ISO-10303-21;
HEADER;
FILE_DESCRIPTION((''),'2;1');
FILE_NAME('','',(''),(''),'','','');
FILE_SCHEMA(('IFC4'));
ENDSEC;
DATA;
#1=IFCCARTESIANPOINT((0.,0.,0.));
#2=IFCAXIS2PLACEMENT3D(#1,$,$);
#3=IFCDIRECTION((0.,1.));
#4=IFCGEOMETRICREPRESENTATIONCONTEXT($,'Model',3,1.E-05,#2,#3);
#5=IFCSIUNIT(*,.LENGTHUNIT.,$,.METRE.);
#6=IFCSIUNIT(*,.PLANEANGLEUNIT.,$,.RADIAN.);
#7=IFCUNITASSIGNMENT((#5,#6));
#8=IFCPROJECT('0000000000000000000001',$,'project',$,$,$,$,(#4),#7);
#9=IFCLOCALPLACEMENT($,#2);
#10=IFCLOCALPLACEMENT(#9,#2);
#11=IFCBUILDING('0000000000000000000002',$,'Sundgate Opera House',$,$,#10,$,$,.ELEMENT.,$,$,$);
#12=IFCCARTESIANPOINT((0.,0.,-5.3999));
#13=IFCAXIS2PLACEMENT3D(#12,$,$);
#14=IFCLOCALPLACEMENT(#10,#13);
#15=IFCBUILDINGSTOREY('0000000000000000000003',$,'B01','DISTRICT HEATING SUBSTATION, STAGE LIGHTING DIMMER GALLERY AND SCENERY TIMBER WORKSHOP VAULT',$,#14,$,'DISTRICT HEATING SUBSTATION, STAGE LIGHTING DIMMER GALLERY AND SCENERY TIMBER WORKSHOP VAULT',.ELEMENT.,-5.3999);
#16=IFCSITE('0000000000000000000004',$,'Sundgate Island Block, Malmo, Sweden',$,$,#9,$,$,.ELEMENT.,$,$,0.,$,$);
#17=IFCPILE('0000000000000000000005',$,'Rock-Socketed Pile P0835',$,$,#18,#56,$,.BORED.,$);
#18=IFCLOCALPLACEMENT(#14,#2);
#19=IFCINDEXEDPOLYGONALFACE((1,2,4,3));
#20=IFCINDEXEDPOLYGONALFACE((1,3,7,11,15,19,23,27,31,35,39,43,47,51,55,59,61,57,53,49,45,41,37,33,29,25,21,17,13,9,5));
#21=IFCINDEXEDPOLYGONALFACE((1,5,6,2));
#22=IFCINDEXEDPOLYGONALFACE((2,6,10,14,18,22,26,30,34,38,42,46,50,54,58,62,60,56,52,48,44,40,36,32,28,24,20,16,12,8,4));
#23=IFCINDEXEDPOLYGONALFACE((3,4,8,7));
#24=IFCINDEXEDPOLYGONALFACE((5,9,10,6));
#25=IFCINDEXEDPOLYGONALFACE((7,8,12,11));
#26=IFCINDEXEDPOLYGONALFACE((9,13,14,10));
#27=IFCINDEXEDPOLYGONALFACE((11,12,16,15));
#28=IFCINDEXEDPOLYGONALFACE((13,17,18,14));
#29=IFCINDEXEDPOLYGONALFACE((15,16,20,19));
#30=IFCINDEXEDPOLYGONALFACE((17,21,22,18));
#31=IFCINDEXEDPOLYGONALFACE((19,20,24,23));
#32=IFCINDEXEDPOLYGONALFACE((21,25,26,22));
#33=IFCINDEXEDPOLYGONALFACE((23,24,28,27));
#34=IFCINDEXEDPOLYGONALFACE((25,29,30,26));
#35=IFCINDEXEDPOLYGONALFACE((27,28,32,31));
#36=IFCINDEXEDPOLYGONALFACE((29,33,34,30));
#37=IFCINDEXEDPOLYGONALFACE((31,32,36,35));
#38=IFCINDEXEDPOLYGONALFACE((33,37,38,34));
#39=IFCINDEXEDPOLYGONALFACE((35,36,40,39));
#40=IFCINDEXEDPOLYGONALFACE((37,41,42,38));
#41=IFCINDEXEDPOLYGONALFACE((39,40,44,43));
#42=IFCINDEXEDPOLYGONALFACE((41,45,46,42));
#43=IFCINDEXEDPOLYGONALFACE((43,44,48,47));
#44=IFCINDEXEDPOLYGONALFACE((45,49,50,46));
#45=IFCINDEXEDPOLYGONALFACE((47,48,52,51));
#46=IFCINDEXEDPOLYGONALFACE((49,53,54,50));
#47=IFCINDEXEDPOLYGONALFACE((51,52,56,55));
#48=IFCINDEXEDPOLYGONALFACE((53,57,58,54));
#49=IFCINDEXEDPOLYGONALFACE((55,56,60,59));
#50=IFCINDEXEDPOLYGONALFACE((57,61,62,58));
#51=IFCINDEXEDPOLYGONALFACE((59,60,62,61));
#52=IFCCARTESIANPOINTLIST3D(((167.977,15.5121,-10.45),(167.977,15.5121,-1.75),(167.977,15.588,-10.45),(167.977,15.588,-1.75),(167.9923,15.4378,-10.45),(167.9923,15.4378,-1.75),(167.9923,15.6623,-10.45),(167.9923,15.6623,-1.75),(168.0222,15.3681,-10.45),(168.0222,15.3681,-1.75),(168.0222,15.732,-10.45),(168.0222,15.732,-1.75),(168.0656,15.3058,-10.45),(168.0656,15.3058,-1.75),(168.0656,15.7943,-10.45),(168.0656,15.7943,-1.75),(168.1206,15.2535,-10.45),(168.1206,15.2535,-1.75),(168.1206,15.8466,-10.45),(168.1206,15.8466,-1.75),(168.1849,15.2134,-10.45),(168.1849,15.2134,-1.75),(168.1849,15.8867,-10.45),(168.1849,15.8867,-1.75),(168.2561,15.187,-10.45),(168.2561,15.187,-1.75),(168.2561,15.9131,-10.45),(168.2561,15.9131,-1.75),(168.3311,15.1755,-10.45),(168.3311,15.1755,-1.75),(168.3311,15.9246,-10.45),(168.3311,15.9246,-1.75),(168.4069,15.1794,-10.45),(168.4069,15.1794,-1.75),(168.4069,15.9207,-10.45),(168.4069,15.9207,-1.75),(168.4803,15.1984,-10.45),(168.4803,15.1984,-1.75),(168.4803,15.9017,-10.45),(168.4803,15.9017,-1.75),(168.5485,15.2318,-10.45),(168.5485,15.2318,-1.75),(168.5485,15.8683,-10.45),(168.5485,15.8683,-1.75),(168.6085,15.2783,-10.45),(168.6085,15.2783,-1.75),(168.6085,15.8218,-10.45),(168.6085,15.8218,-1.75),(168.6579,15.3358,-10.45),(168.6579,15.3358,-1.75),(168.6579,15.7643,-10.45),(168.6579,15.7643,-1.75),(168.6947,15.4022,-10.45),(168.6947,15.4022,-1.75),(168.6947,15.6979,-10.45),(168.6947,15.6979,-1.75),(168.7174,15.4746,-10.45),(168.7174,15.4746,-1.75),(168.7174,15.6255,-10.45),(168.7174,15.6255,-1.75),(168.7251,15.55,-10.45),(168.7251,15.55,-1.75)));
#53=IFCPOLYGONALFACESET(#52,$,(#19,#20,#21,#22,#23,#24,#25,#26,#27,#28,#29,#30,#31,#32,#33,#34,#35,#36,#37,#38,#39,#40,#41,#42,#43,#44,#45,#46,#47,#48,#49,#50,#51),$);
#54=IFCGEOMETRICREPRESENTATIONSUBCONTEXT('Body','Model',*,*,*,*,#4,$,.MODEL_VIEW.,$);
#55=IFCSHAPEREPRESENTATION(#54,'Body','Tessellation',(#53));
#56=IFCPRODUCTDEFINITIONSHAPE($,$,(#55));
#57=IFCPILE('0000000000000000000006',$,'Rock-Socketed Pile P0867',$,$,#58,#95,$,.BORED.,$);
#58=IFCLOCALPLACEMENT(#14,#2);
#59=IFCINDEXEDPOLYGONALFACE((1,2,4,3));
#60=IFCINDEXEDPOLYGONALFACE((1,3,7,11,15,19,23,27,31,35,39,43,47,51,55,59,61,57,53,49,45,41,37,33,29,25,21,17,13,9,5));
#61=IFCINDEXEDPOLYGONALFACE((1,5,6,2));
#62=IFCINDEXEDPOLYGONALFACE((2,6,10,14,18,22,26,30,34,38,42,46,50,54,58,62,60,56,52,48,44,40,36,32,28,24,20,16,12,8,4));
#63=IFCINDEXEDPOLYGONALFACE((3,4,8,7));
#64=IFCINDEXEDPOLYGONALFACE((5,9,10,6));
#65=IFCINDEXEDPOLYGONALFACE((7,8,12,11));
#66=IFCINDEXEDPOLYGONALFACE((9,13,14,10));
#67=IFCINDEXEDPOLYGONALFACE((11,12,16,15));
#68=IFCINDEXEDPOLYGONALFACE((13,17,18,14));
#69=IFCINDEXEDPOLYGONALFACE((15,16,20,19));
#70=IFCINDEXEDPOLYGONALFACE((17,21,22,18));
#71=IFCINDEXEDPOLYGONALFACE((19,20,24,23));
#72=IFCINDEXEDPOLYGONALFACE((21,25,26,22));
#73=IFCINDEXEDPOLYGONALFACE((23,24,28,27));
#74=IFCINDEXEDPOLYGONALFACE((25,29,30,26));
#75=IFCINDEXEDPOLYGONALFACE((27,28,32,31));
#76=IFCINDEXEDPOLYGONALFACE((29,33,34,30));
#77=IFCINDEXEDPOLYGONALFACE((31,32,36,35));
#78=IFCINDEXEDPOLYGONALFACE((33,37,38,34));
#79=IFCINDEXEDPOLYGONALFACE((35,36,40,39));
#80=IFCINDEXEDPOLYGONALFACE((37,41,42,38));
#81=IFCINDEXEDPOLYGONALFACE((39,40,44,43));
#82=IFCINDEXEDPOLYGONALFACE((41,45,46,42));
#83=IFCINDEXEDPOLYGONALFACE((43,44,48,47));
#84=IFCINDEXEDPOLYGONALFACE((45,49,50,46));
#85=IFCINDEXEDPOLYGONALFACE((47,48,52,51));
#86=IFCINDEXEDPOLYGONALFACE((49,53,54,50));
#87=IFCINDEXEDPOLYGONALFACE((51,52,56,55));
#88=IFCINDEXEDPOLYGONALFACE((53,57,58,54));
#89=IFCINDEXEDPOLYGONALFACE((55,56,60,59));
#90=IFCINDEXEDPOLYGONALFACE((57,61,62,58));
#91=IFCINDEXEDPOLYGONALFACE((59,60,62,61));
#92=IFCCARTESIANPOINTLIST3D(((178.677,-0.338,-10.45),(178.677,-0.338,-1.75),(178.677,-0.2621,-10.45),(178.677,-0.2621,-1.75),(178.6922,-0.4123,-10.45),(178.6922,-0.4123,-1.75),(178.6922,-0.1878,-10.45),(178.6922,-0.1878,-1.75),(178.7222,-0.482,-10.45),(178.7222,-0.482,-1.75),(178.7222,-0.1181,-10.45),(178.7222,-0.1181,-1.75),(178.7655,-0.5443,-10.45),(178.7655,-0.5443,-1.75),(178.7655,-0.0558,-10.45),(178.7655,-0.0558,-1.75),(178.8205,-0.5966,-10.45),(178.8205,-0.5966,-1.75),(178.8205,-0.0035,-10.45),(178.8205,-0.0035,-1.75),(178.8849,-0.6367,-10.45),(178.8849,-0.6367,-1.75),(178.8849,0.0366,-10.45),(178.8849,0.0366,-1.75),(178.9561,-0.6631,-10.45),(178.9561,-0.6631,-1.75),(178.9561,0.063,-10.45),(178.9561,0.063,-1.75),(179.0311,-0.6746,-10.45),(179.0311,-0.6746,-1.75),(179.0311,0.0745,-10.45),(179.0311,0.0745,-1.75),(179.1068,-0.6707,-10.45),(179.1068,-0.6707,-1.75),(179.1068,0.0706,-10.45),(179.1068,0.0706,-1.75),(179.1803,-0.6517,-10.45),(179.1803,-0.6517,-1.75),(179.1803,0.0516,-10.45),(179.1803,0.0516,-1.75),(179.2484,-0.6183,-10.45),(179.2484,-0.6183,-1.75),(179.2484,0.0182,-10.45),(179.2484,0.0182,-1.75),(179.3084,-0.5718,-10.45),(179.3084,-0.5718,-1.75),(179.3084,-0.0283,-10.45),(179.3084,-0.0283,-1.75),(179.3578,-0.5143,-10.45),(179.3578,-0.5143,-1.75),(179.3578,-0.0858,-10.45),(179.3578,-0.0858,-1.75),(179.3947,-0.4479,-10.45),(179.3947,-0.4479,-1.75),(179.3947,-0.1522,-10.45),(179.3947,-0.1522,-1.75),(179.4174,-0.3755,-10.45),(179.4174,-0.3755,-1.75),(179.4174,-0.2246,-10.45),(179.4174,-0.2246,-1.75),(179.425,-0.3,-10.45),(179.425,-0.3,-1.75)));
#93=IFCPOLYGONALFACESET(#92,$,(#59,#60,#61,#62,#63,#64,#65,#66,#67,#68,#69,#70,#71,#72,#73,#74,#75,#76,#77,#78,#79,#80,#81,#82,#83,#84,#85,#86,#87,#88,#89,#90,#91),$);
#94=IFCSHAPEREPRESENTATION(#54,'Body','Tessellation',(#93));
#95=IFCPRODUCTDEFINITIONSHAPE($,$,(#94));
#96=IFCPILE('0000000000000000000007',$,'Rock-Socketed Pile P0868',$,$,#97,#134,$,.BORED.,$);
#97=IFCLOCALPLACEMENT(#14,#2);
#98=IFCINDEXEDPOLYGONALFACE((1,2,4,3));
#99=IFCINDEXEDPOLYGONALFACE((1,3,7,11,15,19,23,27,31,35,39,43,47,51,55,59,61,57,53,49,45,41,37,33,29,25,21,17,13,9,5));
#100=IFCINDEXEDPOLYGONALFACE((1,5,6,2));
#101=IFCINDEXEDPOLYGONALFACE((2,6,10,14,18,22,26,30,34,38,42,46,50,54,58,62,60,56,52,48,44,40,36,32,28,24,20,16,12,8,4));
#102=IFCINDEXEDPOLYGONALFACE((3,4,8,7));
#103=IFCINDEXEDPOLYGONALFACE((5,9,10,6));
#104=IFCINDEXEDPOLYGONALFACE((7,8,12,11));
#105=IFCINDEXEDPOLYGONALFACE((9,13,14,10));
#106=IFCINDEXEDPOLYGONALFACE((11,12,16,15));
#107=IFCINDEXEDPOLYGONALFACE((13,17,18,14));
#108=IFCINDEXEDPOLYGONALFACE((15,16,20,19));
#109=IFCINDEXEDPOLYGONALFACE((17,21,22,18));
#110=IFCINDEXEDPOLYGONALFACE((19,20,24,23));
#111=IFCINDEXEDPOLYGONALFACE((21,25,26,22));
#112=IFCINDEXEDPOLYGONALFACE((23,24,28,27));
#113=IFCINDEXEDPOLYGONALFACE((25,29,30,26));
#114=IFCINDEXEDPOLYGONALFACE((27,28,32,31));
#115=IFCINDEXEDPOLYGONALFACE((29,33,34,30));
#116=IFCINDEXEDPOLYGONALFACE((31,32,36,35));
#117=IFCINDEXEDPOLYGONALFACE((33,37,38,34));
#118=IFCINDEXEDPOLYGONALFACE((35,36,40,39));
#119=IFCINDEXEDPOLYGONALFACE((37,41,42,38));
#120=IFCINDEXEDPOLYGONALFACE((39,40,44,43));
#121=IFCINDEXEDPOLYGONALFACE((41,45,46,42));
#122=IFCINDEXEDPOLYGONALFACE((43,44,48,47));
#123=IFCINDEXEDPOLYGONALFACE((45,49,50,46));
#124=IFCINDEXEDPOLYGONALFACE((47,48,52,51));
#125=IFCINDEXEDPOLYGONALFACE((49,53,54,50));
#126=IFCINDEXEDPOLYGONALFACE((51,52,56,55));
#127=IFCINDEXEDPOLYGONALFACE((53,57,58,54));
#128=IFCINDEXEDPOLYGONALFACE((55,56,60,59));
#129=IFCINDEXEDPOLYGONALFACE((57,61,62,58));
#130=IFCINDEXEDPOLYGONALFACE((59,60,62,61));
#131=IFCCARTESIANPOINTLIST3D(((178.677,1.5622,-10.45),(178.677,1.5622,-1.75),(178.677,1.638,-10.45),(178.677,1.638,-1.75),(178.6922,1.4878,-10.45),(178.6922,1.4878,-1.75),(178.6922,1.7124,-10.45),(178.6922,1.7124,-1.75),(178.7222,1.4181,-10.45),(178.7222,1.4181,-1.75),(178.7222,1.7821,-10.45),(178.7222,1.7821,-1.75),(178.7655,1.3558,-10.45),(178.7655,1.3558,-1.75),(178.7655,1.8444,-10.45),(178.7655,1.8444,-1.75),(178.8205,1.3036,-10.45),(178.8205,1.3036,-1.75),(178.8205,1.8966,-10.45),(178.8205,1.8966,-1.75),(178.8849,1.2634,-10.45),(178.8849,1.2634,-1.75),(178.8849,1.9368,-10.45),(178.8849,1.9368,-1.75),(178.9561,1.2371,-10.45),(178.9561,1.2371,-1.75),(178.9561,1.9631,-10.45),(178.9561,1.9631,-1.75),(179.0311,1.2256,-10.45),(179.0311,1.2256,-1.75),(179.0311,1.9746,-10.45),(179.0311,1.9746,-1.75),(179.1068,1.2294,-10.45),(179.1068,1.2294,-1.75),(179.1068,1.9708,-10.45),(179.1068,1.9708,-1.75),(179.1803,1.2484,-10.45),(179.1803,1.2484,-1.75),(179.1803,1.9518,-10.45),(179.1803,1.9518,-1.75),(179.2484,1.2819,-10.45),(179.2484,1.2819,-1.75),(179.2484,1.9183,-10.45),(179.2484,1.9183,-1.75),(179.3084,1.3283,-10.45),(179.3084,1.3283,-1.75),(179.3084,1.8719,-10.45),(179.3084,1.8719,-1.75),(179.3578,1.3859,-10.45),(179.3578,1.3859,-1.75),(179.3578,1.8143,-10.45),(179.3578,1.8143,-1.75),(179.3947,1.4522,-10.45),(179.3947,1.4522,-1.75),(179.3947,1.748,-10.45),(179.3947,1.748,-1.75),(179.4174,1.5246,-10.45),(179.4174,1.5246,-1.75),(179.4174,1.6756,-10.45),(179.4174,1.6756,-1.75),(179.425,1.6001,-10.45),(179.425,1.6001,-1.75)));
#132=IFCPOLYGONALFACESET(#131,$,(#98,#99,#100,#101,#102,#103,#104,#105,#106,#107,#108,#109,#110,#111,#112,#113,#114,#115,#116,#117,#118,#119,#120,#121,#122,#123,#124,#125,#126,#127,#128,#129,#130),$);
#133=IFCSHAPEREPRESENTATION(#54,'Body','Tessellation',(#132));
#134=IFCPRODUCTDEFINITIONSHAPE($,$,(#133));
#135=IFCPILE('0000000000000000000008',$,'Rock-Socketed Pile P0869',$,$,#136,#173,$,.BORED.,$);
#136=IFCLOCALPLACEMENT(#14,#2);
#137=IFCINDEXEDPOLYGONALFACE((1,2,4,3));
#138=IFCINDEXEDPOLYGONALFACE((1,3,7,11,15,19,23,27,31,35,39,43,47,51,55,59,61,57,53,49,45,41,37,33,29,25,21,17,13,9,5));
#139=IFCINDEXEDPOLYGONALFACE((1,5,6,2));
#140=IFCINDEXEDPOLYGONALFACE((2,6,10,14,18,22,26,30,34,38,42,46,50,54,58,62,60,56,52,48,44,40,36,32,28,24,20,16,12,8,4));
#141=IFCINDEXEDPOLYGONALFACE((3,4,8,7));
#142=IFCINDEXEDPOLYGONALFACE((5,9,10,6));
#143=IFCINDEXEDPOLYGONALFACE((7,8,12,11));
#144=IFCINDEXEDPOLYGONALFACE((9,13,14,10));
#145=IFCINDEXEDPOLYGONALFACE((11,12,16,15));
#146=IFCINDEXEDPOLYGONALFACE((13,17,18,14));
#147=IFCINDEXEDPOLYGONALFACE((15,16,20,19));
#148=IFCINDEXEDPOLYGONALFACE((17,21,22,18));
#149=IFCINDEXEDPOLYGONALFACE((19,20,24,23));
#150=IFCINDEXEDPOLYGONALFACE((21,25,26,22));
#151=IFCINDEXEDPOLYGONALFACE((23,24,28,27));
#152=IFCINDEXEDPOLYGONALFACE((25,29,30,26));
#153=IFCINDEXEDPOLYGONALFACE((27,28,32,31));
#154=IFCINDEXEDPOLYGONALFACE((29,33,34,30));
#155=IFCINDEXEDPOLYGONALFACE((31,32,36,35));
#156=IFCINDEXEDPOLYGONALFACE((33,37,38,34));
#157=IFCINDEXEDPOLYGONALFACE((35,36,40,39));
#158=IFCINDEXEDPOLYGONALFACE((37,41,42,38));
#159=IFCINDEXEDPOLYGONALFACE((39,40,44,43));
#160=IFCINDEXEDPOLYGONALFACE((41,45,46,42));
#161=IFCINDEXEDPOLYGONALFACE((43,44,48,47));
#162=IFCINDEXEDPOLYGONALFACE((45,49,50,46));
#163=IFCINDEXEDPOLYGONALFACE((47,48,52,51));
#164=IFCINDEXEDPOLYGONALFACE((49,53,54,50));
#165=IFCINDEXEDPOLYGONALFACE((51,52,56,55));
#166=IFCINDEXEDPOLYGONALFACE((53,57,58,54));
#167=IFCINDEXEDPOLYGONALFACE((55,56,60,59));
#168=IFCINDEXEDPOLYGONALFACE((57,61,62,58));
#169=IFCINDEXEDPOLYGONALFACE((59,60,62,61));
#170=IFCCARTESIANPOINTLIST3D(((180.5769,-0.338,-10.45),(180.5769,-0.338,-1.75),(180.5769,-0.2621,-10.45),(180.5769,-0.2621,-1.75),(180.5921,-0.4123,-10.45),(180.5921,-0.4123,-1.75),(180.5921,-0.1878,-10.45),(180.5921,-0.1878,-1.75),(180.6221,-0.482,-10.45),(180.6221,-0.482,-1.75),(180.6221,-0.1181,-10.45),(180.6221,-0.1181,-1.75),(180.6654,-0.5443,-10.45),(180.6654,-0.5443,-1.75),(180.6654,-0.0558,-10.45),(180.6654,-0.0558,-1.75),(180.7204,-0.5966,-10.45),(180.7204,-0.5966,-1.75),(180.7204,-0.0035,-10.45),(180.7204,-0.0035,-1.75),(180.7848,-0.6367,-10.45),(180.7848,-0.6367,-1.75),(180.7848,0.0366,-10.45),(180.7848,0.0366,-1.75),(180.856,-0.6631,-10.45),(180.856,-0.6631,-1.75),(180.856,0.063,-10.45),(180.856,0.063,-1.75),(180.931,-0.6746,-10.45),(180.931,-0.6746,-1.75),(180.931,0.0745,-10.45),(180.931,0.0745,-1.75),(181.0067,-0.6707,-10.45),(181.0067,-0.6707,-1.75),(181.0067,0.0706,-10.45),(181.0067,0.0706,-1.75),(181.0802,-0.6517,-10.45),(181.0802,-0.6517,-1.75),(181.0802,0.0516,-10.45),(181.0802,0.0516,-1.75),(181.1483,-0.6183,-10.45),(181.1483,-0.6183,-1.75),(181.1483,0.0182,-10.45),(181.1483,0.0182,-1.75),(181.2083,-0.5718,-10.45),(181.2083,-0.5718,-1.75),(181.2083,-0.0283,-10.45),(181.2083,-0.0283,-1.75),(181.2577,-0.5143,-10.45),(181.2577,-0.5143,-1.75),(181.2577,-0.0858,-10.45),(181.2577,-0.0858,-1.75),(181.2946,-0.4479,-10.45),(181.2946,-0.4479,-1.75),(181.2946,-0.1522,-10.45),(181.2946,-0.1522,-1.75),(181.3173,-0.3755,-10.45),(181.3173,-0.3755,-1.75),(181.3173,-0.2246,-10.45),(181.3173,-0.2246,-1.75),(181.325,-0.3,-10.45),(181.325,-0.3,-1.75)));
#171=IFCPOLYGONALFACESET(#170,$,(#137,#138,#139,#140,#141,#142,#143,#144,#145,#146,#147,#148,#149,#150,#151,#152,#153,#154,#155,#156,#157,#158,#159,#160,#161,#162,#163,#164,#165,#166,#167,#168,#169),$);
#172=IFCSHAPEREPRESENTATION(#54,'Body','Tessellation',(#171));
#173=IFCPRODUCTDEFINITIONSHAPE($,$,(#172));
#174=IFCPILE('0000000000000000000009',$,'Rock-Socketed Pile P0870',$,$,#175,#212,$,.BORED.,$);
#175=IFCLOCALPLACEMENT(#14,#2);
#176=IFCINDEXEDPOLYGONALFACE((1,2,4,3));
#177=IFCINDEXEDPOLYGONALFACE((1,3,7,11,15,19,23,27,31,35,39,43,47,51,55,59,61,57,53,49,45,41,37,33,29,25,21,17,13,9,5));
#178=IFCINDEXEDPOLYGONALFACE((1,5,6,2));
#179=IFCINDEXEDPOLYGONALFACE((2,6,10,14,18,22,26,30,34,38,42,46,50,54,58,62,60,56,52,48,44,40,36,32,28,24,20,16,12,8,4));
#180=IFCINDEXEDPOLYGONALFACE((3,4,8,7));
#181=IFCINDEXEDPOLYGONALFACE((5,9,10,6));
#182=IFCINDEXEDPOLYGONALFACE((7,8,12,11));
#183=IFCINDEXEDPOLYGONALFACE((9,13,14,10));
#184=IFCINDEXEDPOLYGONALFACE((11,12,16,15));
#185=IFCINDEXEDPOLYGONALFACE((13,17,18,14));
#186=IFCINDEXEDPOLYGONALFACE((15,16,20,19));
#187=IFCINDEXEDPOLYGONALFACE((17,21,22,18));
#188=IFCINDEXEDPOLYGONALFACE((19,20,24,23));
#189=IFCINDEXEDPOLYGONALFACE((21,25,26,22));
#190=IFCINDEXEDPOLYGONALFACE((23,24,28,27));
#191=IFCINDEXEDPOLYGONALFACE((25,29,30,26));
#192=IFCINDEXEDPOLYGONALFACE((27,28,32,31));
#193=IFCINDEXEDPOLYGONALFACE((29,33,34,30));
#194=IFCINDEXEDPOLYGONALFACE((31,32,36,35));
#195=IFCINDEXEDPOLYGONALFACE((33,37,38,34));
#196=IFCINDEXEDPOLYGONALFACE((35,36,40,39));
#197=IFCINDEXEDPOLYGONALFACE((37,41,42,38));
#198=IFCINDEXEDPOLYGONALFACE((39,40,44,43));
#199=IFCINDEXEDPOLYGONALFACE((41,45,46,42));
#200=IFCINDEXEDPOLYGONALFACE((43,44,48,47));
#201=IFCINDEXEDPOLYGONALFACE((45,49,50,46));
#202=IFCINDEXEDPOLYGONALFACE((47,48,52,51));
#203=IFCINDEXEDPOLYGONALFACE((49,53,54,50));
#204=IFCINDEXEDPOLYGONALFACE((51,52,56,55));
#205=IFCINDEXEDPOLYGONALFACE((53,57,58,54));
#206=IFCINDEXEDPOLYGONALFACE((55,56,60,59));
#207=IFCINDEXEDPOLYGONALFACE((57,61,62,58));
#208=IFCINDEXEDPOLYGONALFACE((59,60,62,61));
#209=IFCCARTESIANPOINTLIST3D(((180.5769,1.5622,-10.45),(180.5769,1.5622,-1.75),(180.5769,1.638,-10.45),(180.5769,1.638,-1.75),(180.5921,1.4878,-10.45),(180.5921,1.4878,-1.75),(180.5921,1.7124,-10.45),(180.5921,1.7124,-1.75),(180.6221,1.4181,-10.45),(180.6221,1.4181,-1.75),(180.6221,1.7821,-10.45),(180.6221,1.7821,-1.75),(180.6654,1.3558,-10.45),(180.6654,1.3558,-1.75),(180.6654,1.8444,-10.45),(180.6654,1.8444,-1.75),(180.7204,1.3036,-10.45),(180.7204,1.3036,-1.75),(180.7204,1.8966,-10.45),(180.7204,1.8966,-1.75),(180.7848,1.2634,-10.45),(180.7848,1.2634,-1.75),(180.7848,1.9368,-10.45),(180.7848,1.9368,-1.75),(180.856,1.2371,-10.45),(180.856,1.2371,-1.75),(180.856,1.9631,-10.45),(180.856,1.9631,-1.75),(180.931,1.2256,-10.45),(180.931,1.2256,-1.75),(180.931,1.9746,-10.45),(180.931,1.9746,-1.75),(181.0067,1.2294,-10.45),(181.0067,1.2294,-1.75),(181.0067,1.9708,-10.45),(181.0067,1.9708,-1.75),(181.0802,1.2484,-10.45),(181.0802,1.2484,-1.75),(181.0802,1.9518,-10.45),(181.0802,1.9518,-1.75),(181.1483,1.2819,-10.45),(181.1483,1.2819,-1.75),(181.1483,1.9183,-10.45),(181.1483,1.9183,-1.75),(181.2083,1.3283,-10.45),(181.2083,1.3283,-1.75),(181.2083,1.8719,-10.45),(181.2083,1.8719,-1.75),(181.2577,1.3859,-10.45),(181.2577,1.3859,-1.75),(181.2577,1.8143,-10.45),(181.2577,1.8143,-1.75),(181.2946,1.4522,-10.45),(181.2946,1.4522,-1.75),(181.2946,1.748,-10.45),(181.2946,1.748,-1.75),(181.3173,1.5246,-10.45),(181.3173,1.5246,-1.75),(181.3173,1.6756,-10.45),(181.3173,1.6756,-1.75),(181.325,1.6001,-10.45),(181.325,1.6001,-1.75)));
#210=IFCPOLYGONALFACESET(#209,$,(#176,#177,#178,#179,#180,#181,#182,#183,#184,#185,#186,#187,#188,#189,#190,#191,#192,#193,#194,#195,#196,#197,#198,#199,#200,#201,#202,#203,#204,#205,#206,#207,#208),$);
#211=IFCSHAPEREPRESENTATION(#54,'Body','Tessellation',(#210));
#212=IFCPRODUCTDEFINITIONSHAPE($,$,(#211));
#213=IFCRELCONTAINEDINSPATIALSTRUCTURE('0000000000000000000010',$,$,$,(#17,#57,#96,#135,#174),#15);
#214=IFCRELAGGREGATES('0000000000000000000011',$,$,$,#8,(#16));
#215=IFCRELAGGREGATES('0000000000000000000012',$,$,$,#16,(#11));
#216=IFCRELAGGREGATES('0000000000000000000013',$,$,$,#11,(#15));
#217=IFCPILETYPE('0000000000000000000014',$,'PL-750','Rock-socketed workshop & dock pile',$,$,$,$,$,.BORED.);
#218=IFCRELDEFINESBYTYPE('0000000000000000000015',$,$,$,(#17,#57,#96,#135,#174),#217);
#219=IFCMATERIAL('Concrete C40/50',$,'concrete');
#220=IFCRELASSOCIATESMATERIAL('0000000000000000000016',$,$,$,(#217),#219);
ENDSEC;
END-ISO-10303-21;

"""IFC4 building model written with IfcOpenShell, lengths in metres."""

from ifc_helpers import new_model, si_unit, direction, frame, origin, origin_2d, place, context, subcontext, project, spatial, circle, extrude, material, material_profile, profile_set, type_object, element, save


model = new_model("IFC4")

# Units and contexts
model_context = context("Model", 3, precision=1e-05, world=origin(), true_north=direction((0.0, 1.0)))
body_context = subcontext(model_context, "Body", "Model", "MODEL_VIEW")
ifc_project = project(units=[si_unit("LENGTHUNIT", "METRE"), si_unit("PLANEANGLEUNIT", "RADIAN")], contexts=[model_context])

# Site, building, storey
site_placement = place(None, origin())
site = spatial("IfcSite", under=ifc_project, at=site_placement, Name="Sundgate Island Block, Malmo, Sweden", CompositionType="ELEMENT", RefElevation=0.0)
building_placement = place(site_placement, origin())
building = spatial("IfcBuilding", under=site, at=building_placement, Name="Sundgate Opera House", CompositionType="ELEMENT")
storey_placement = place(building_placement, frame((0.0, 0.0, -5.3999)))
storey = spatial("IfcBuildingStorey", under=building, at=storey_placement, Name="B01", Description="DISTRICT HEATING SUBSTATION, STAGE LIGHTING DIMMER GALLERY AND SCENERY TIMBER WORKSHOP VAULT", LongName="DISTRICT HEATING SUBSTATION, STAGE LIGHTING DIMMER GALLERY AND SCENERY TIMBER WORKSHOP VAULT", CompositionType="ELEMENT", Elevation=-5.3999)

# Piles
ifc_material_1 = material(Name="Concrete C40/50", Category="concrete")
ifc_material_profile_1 = material_profile(ifc_material_1, circle(Radius=0.375, at=origin_2d()), Name="PILE D750")
ifc_profile_set_1 = profile_set([ifc_material_profile_1], Name="Concrete C40/50")
pile_type = type_object("IfcPileType", Name="PL-750", Description="Rock-socketed workshop & dock pile", PredefinedType="BORED", material=ifc_profile_set_1)
for number, where, z_axis, x_axis, name in (
    (1, (168.3501, 15.55, -1.75), (0.0, 0.0, -1.0), (1.0, 0.0, 0.0), "Rock-Socketed Pile P0835"),
    (2, (179.05, -0.3, -1.75), (0.0, 0.0, -1.0), (1.0, 0.0, 0.0), "Rock-Socketed Pile P0867"),
    (3, (179.05, 1.6001, -1.75), (0.0, 0.0, -1.0), (1.0, 0.0, 0.0), "Rock-Socketed Pile P0868"),
    (4, (180.95, -0.3, -1.75), (0.0, 0.0, -1.0), (1.0, 0.0, 0.0), "Rock-Socketed Pile P0869"),
    (5, (180.95, 1.6001, -1.75), (0.0, 0.0, -1.0), (1.0, 0.0, 0.0), "Rock-Socketed Pile P0870"),
):
    element("IfcPile", number, at=place(storey_placement, frame(where, z_axis=z_axis, x_axis=x_axis)), inside=storey, type_object=pile_type, Name=name, PredefinedType="BORED", context=body_context, shape_type="SweptSolid", body=[
        extrude(circle(Radius=0.375, at=origin_2d()), origin(), (0.0, 0.0, 1.0), 8.7),
    ])

save(model, "model.ifc")
